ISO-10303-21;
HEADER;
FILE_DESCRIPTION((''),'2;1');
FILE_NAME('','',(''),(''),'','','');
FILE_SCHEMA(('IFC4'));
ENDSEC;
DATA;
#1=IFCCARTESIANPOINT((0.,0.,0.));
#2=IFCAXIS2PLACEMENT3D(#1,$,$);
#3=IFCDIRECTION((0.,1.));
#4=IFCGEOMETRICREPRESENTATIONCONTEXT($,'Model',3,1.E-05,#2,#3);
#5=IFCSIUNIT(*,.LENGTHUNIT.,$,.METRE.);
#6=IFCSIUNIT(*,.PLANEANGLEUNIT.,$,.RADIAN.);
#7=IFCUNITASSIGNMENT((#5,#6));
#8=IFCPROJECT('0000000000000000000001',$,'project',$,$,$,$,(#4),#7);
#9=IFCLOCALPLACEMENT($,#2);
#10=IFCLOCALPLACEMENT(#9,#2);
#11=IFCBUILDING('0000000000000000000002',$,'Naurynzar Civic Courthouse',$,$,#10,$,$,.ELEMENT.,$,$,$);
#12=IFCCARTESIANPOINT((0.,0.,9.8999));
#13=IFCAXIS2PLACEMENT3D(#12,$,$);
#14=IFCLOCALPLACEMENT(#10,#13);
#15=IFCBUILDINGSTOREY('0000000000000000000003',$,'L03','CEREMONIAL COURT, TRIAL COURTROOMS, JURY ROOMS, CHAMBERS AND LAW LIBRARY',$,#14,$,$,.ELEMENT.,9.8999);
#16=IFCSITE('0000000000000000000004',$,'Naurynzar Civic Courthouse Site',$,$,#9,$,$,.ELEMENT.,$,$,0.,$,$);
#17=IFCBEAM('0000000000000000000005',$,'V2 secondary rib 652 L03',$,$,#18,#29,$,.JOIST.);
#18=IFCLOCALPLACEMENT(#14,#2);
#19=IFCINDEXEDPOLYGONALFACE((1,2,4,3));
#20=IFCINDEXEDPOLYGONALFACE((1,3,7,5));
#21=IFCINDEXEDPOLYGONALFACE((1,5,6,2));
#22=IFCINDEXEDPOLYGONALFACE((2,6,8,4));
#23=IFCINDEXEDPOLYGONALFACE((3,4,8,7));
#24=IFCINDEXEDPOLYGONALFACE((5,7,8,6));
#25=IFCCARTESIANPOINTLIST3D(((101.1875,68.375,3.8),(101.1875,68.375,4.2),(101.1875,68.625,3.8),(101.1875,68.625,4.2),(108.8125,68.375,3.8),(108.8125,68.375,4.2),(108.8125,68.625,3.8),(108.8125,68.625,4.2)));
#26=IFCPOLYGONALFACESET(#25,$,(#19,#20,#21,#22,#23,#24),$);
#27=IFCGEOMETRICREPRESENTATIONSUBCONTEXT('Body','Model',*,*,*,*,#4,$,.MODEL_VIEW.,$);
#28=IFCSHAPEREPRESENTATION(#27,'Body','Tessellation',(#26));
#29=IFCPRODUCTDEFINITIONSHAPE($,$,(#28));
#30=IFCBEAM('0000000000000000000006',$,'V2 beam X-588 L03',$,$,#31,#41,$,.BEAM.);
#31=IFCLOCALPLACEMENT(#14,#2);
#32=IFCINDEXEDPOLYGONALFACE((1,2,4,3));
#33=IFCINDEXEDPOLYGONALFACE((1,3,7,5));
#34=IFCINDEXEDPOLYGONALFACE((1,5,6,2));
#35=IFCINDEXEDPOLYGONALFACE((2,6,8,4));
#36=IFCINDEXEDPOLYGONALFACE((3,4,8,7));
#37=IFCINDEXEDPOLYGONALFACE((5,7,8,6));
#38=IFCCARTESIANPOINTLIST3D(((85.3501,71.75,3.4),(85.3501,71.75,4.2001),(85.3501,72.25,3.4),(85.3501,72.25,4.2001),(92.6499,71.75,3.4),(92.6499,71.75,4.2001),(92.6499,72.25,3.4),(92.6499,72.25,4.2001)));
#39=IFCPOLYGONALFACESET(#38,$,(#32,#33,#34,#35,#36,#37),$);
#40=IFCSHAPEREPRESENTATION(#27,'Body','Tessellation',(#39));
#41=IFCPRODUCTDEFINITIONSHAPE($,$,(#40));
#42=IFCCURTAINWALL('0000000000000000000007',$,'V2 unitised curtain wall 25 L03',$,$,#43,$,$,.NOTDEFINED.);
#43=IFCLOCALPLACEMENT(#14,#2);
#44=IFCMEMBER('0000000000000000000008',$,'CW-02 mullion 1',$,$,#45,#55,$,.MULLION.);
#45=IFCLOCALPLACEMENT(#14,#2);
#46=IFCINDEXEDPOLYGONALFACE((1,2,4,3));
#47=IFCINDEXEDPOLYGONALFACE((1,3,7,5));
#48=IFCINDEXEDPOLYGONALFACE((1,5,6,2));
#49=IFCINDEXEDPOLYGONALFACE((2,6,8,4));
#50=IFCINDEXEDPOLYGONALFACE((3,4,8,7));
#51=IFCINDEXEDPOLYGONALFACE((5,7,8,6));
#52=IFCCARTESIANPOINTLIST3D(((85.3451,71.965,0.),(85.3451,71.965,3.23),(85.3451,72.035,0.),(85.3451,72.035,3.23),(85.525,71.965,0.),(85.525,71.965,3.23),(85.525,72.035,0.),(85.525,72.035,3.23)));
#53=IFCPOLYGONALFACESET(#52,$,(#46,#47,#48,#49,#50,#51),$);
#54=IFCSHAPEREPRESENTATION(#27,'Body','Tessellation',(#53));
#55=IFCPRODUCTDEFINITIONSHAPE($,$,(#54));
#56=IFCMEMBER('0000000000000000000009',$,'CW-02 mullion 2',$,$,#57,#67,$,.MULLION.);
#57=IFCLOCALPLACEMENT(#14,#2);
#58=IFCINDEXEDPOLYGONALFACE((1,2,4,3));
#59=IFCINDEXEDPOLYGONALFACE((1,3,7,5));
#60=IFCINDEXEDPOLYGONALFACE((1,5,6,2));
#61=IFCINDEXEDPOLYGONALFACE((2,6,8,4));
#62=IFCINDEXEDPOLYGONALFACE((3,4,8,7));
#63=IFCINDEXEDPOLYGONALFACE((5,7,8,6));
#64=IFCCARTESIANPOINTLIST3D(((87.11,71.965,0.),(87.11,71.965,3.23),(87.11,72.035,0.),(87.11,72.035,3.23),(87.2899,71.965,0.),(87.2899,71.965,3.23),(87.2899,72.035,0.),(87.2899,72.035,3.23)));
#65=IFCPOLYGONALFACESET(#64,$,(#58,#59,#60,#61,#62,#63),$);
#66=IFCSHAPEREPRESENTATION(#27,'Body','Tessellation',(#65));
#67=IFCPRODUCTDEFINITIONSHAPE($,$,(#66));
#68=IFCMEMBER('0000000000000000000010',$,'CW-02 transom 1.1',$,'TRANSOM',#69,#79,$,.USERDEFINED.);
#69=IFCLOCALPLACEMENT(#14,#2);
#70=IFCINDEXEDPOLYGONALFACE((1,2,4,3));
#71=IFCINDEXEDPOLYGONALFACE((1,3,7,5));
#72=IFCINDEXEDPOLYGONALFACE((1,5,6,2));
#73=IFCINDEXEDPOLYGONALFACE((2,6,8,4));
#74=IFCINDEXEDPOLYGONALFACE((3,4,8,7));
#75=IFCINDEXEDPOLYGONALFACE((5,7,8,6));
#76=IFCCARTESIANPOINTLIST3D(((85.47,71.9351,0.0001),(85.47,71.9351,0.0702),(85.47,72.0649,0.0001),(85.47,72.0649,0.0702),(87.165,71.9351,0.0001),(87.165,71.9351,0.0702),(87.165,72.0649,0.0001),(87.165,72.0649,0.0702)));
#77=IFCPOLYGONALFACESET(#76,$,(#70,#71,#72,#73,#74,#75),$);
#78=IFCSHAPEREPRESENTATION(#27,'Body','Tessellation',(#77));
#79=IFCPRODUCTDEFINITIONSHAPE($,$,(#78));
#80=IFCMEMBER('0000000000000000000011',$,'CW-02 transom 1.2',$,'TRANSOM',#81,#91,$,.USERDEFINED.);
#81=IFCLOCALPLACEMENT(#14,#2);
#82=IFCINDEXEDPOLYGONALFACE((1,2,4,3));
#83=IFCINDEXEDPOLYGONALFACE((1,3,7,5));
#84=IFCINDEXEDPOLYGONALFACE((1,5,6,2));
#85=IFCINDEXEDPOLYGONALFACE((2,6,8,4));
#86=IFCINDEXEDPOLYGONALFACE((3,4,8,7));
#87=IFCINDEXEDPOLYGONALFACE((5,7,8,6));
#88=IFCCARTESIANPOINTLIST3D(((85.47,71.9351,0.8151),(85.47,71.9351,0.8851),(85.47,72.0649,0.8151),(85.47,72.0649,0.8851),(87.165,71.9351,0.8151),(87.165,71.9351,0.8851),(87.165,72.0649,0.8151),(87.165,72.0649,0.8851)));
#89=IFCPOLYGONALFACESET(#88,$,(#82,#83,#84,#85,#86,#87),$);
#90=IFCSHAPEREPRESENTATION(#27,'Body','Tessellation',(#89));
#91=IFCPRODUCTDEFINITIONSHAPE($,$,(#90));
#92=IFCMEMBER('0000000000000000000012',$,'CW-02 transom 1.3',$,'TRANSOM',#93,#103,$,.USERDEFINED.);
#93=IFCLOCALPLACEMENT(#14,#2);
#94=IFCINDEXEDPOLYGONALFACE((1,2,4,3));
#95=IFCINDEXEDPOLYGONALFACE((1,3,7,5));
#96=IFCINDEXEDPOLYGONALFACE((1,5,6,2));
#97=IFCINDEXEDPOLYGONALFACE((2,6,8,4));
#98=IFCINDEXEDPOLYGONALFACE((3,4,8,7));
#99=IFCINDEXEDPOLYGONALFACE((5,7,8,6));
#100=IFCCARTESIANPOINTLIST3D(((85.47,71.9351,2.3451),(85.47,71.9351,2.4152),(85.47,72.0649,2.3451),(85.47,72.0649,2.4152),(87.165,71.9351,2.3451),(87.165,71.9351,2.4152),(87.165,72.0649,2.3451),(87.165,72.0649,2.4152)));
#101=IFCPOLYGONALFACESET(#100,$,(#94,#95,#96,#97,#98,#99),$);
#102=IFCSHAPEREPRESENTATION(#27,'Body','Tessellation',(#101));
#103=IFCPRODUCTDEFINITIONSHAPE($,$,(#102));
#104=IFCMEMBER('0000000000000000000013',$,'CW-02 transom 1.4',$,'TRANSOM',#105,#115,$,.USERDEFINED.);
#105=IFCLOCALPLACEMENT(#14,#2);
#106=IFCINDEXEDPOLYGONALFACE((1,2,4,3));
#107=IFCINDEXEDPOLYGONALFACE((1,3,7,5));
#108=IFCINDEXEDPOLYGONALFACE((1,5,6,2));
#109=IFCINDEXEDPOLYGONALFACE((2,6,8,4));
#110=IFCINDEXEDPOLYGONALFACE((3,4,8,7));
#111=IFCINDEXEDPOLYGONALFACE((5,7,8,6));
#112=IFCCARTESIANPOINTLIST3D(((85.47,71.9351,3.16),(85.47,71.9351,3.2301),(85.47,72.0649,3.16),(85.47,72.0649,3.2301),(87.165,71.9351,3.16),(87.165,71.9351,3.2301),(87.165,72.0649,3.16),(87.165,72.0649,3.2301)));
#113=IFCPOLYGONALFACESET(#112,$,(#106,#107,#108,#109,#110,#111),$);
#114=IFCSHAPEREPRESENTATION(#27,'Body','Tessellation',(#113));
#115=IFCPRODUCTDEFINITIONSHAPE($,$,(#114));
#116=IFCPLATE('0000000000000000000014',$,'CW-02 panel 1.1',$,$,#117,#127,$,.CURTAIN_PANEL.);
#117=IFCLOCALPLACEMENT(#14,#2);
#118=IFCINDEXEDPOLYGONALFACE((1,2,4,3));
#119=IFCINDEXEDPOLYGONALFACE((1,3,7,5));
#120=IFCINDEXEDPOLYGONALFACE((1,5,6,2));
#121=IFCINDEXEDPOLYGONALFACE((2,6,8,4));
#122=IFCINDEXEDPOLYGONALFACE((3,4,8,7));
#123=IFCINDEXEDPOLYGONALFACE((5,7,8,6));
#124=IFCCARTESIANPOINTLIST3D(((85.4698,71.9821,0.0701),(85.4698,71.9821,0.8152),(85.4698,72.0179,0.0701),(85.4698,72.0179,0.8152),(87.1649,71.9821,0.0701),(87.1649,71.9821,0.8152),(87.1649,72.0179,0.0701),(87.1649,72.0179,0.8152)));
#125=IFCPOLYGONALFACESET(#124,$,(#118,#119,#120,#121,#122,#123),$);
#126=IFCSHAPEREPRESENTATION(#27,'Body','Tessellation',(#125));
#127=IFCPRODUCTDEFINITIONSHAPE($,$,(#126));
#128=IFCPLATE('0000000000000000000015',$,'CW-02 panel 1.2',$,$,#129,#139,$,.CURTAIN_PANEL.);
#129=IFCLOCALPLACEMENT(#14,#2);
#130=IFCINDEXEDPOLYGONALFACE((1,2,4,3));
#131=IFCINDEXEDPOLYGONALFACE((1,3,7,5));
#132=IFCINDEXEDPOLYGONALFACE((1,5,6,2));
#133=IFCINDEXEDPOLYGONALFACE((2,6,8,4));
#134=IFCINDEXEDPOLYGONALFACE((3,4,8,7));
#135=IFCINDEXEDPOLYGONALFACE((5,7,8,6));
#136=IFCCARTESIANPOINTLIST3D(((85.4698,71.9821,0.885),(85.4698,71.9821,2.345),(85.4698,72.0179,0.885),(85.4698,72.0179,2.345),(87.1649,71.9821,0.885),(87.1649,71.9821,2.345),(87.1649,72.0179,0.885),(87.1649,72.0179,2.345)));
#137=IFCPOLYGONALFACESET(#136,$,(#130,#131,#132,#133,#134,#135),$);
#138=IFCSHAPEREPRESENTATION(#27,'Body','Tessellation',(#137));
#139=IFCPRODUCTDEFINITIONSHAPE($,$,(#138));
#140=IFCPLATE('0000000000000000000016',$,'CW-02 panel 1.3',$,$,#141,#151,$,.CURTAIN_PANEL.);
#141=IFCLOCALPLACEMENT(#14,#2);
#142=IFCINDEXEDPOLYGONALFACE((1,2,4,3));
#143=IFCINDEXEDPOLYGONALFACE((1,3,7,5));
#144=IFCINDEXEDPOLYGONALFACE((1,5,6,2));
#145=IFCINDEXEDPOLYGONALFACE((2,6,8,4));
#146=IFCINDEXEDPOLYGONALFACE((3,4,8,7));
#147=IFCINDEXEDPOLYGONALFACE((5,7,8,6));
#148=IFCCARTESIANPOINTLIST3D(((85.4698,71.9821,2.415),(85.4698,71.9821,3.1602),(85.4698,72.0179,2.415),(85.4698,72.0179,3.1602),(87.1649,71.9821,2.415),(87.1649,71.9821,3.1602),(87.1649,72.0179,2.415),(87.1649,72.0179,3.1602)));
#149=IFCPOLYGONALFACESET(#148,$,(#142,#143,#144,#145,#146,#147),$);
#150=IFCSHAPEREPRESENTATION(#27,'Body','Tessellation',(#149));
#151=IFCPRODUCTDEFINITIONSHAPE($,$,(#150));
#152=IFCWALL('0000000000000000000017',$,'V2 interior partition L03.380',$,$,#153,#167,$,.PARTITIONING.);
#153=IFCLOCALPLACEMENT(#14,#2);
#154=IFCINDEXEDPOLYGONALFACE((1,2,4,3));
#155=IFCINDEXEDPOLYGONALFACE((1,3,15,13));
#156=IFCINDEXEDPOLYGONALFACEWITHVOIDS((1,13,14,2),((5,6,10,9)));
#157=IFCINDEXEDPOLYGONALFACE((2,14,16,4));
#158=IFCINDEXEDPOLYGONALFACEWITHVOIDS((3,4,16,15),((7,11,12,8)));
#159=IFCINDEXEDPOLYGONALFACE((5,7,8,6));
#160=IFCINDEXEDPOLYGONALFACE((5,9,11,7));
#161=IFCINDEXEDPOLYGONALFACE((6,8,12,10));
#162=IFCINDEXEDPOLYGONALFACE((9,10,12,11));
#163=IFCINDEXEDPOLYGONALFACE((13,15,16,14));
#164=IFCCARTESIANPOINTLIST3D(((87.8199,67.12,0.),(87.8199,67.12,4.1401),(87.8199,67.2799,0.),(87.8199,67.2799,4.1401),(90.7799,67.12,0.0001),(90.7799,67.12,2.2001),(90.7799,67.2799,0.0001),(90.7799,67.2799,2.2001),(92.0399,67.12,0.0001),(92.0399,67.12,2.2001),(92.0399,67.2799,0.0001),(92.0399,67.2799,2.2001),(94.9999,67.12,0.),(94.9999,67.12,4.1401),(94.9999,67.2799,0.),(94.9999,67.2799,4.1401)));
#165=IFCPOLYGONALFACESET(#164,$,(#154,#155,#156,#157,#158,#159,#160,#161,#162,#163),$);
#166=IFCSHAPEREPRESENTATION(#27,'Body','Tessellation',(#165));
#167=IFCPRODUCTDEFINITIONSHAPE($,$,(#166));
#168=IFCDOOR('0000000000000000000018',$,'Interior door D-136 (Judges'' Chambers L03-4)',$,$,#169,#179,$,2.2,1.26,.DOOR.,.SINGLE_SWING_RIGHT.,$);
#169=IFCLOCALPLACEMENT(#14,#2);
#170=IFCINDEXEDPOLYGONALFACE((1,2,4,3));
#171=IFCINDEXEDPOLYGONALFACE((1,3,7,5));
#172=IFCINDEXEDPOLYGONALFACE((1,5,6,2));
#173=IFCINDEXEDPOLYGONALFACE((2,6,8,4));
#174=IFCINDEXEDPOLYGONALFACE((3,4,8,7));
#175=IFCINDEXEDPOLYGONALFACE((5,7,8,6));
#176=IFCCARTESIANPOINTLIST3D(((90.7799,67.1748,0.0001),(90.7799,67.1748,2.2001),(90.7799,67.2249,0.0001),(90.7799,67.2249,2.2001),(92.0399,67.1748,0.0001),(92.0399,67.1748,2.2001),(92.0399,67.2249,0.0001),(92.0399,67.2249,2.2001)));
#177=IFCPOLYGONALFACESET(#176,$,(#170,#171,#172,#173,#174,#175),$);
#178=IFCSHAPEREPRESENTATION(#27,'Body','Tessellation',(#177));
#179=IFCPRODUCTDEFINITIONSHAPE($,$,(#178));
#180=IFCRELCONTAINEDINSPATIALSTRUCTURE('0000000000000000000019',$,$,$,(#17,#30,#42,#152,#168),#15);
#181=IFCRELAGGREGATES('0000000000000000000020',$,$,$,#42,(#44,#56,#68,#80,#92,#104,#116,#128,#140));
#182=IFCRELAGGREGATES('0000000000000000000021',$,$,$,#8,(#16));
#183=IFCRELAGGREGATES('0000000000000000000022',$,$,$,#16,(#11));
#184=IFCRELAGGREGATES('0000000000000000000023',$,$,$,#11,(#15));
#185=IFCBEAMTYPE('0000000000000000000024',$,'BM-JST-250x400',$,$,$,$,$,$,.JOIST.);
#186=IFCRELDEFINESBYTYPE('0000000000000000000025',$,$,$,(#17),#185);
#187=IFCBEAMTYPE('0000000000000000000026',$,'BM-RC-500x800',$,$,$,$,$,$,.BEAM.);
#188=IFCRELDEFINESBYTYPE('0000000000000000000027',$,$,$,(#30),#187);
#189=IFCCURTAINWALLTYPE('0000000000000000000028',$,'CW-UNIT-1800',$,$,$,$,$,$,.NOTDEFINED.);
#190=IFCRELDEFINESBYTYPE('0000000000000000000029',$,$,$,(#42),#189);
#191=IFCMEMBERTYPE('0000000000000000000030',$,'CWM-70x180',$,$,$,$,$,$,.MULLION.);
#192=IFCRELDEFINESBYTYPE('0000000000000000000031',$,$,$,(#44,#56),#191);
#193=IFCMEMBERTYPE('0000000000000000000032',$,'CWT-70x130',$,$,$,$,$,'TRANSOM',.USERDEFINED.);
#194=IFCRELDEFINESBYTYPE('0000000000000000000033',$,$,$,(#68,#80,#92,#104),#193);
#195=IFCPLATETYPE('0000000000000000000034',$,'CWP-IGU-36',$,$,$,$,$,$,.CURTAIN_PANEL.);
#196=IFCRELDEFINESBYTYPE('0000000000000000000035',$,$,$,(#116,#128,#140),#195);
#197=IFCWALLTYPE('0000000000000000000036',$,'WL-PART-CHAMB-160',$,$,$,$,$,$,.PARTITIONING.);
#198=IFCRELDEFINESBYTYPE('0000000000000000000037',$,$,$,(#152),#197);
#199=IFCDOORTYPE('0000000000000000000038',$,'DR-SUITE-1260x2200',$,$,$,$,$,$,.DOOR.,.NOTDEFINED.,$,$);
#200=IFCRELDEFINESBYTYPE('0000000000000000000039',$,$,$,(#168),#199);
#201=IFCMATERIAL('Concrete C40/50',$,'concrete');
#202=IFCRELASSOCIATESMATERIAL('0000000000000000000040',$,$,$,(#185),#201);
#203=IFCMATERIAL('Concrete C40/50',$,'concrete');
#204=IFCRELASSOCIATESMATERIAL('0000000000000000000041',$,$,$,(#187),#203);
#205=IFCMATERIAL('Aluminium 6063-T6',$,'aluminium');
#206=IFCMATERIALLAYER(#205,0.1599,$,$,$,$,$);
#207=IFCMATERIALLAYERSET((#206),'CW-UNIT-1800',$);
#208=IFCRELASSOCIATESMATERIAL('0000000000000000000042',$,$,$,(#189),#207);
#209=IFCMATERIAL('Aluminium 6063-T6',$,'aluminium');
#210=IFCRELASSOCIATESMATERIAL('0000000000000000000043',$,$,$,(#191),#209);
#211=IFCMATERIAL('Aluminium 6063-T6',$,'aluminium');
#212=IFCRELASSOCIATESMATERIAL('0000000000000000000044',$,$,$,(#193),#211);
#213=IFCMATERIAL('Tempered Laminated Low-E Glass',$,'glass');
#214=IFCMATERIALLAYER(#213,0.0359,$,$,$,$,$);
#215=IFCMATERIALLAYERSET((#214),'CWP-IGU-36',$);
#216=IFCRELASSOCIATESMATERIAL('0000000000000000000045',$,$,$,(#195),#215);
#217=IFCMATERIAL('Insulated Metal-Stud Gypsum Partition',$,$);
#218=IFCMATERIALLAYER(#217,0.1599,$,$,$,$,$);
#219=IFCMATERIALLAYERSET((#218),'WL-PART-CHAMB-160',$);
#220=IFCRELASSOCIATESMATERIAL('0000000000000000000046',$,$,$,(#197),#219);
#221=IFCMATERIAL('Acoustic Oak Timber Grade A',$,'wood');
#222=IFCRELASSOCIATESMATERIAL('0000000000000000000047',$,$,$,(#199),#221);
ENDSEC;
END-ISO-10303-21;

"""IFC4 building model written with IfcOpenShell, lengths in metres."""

from ifc_helpers import new_model, si_unit, direction, frame, frame_2d, origin, origin_2d, place, context, subcontext, project, spatial, rectangle, extrude, material, layer, layer_set, material_profile, profile_set, type_object, element, fill, aggregate, save


model = new_model("IFC4")

# Units and contexts
model_context = context("Model", 3, precision=1e-05, world=origin(), true_north=direction((0.0, 1.0)))
body_context = subcontext(model_context, "Body", "Model", "MODEL_VIEW")
ifc_project = project(units=[si_unit("LENGTHUNIT", "METRE"), si_unit("PLANEANGLEUNIT", "RADIAN")], contexts=[model_context])

# Site, building, storey
site_placement = place(None, origin())
site = spatial("IfcSite", under=ifc_project, at=site_placement, Name="Naurynzar Civic Courthouse Site", CompositionType="ELEMENT", RefElevation=0.0)
building_placement = place(site_placement, origin())
building = spatial("IfcBuilding", under=site, at=building_placement, Name="Naurynzar Civic Courthouse", CompositionType="ELEMENT")
storey_placement = place(building_placement, frame((0.0, 0.0, 9.8999)))
storey = spatial("IfcBuildingStorey", under=building, at=storey_placement, Name="L03", Description="CEREMONIAL COURT, TRIAL COURTROOMS, JURY ROOMS, CHAMBERS AND LAW LIBRARY", CompositionType="ELEMENT", Elevation=9.8999)

# Beams
ifc_material_1 = material(Name="Concrete C40/50", Category="concrete")
ifc_material_profile_1 = material_profile(ifc_material_1, rectangle(XDim=0.25, YDim=0.3999, at=origin_2d()), Name="RCB 250x400")
ifc_profile_set_1 = profile_set([ifc_material_profile_1], Name="Concrete C40/50")
beam_type_1 = type_object("IfcBeamType", Name="BM-JST-250x400", PredefinedType="JOIST", material=ifc_profile_set_1)
beam_1_placement = place(storey_placement, frame((101.1875, 68.5, 4.0), z_axis=(1.0, 0.0, 0.0), x_axis=(0.0, 1.0, 0.0)))
element("IfcBeam", 1, at=beam_1_placement, inside=storey, type_object=beam_type_1, Name="V2 secondary rib 652 L03", PredefinedType="JOIST", context=body_context, shape_type="SweptSolid", body=[
    extrude(rectangle(XDim=0.25, YDim=0.3999, at=origin_2d()), origin(), (0.0, 0.0, 1.0), 7.625),
])
ifc_material_2 = material(Name="Concrete C40/50", Category="concrete")
ifc_material_profile_2 = material_profile(ifc_material_2, rectangle(XDim=0.5, YDim=0.8, at=origin_2d()), Name="RCB 500x800")
ifc_profile_set_2 = profile_set([ifc_material_profile_2], Name="Concrete C40/50")
beam_type_2 = type_object("IfcBeamType", Name="BM-RC-500x800", PredefinedType="BEAM", material=ifc_profile_set_2)
beam_2_placement = place(storey_placement, frame((85.3501, 72.0, 3.8), z_axis=(1.0, 0.0, 0.0), x_axis=(0.0, 1.0, 0.0)))
element("IfcBeam", 2, at=beam_2_placement, inside=storey, type_object=beam_type_2, Name="V2 beam X-588 L03", PredefinedType="BEAM", context=body_context, shape_type="SweptSolid", body=[
    extrude(rectangle(XDim=0.5, YDim=0.8, at=origin_2d()), origin(), (0.0, 0.0, 1.0), 7.2998),
])

# Curtain wall, members, plates
ifc_material_3 = material(Name="Aluminium 6063-T6", Category="aluminium")
ifc_layer_1 = layer(ifc_material_3, 0.1599)
ifc_layer_set_1 = layer_set([ifc_layer_1], Name="CW-UNIT-1800")
curtain_wall_type = type_object("IfcCurtainWallType", Name="CW-UNIT-1800", PredefinedType="NOTDEFINED", material=ifc_layer_set_1)
curtain_wall_placement = place(storey_placement, origin())
curtain_wall = element("IfcCurtainWall", 3, at=curtain_wall_placement, inside=storey, type_object=curtain_wall_type, Name="V2 unitised curtain wall 25 L03", PredefinedType="NOTDEFINED")
ifc_material_4 = material(Name="Aluminium 6063-T6", Category="aluminium")
ifc_material_profile_3 = material_profile(ifc_material_4, rectangle(XDim=0.0701, YDim=0.1799, at=origin_2d()), Name="ALU MULLION 70x180")
ifc_profile_set_3 = profile_set([ifc_material_profile_3], Name="Aluminium 6063-T6")
member_type_1 = type_object("IfcMemberType", Name="CWM-70x180", PredefinedType="MULLION", material=ifc_profile_set_3)
member_1_placement = place(storey_placement, frame((85.4351, 72.0, 0.0), z_axis=(0.0, 0.0, 1.0), x_axis=(0.0, 1.0, 0.0)))
member_1 = element("IfcMember", 4, at=member_1_placement, type_object=member_type_1, Name="CW-02 mullion 1", PredefinedType="MULLION", context=body_context, shape_type="SweptSolid", body=[
    extrude(rectangle(XDim=0.0701, YDim=0.1799, at=origin_2d()), origin(), (0.0, 0.0, 1.0), 3.23),
])
member_2_placement = place(storey_placement, frame((87.2, 72.0, 0.0), z_axis=(0.0, 0.0, 1.0), x_axis=(0.0, 1.0, 0.0)))
member_2 = element("IfcMember", 5, at=member_2_placement, type_object=member_type_1, Name="CW-02 mullion 2", PredefinedType="MULLION", context=body_context, shape_type="SweptSolid", body=[
    extrude(rectangle(XDim=0.0701, YDim=0.1799, at=origin_2d()), origin(), (0.0, 0.0, 1.0), 3.23),
])
ifc_material_5 = material(Name="Aluminium 6063-T6", Category="aluminium")
ifc_material_profile_4 = material_profile(ifc_material_5, rectangle(XDim=0.1299, YDim=0.0701, at=origin_2d()), Name="ALU TRANSOM 70x130")
ifc_profile_set_4 = profile_set([ifc_material_profile_4], Name="Aluminium 6063-T6")
member_type_2 = type_object("IfcMemberType", Name="CWT-70x130", ElementType="TRANSOM", PredefinedType="USERDEFINED", material=ifc_profile_set_4)
member_3_placement = place(storey_placement, frame((85.47, 72.0, 0.0352), z_axis=(1.0, 0.0, 0.0), x_axis=(0.0, 1.0, 0.0)))
member_3 = element("IfcMember", 6, at=member_3_placement, type_object=member_type_2, Name="CW-02 transom 1.1", ObjectType="TRANSOM", PredefinedType="USERDEFINED", context=body_context, shape_type="SweptSolid", body=[
    extrude(rectangle(XDim=0.1299, YDim=0.0701, at=origin_2d()), origin(), (0.0, 0.0, 1.0), 1.6951),
])
member_4_placement = place(storey_placement, frame((85.47, 72.0, 0.8501), z_axis=(1.0, 0.0, 0.0), x_axis=(0.0, 1.0, 0.0)))
member_4 = element("IfcMember", 7, at=member_4_placement, type_object=member_type_2, Name="CW-02 transom 1.2", ObjectType="TRANSOM", PredefinedType="USERDEFINED", context=body_context, shape_type="SweptSolid", body=[
    extrude(rectangle(XDim=0.1299, YDim=0.0701, at=origin_2d()), origin(), (0.0, 0.0, 1.0), 1.6951),
])
member_5_placement = place(storey_placement, frame((85.47, 72.0, 2.3801), z_axis=(1.0, 0.0, 0.0), x_axis=(0.0, 1.0, 0.0)))
member_5 = element("IfcMember", 8, at=member_5_placement, type_object=member_type_2, Name="CW-02 transom 1.3", ObjectType="TRANSOM", PredefinedType="USERDEFINED", context=body_context, shape_type="SweptSolid", body=[
    extrude(rectangle(XDim=0.1299, YDim=0.0701, at=origin_2d()), origin(), (0.0, 0.0, 1.0), 1.6951),
])
member_6_placement = place(storey_placement, frame((85.47, 72.0, 3.1951), z_axis=(1.0, 0.0, 0.0), x_axis=(0.0, 1.0, 0.0)))
member_6 = element("IfcMember", 9, at=member_6_placement, type_object=member_type_2, Name="CW-02 transom 1.4", ObjectType="TRANSOM", PredefinedType="USERDEFINED", context=body_context, shape_type="SweptSolid", body=[
    extrude(rectangle(XDim=0.1299, YDim=0.0701, at=origin_2d()), origin(), (0.0, 0.0, 1.0), 1.6951),
])
ifc_material_6 = material(Name="Tempered Laminated Low-E Glass", Category="glass")
ifc_layer_2 = layer(ifc_material_6, 0.0359)
ifc_layer_set_2 = layer_set([ifc_layer_2], Name="CWP-IGU-36")
plate_type = type_object("IfcPlateType", Name="CWP-IGU-36", PredefinedType="CURTAIN_PANEL", material=ifc_layer_set_2)
plate_1_placement = place(storey_placement, frame((86.3174, 72.0, 0.0701), z_axis=(0.0, 0.0, 1.0), x_axis=(1.0, 0.0, 0.0)))
plate_1 = element("IfcPlate", 10, at=plate_1_placement, type_object=plate_type, Name="CW-02 panel 1.1", PredefinedType="CURTAIN_PANEL", context=body_context, shape_type="SweptSolid", body=[
    extrude(rectangle(XDim=1.6951, YDim=0.0359, at=origin_2d()), origin(), (0.0, 0.0, 1.0), 0.7451),
])
plate_2_placement = place(storey_placement, frame((86.3174, 72.0, 0.885), z_axis=(0.0, 0.0, 1.0), x_axis=(1.0, 0.0, 0.0)))
plate_2 = element("IfcPlate", 11, at=plate_2_placement, type_object=plate_type, Name="CW-02 panel 1.2", PredefinedType="CURTAIN_PANEL", context=body_context, shape_type="SweptSolid", body=[
    extrude(rectangle(XDim=1.6951, YDim=0.0359, at=origin_2d()), origin(), (0.0, 0.0, 1.0), 1.46),
])
plate_3_placement = place(storey_placement, frame((86.3174, 72.0, 2.415), z_axis=(0.0, 0.0, 1.0), x_axis=(1.0, 0.0, 0.0)))
plate_3 = element("IfcPlate", 12, at=plate_3_placement, type_object=plate_type, Name="CW-02 panel 1.3", PredefinedType="CURTAIN_PANEL", context=body_context, shape_type="SweptSolid", body=[
    extrude(rectangle(XDim=1.6951, YDim=0.0359, at=origin_2d()), origin(), (0.0, 0.0, 1.0), 0.7451),
])
aggregate(curtain_wall, [member_1, member_2, member_3, member_4, member_5, member_6, plate_1, plate_2, plate_3])

# Wall, opening, door
ifc_material_7 = material(Name="Insulated Metal-Stud Gypsum Partition")
ifc_layer_3 = layer(ifc_material_7, 0.1599)
ifc_layer_set_3 = layer_set([ifc_layer_3], Name="WL-PART-CHAMB-160")
wall_type_1 = type_object("IfcWallType", Name="WL-PART-CHAMB-160", PredefinedType="PARTITIONING", material=ifc_layer_set_3)
wall_1_placement = place(storey_placement, frame((87.8201, 67.2, 0.0), z_axis=(0.0, 0.0, 1.0), x_axis=(1.0, 0.0, 0.0)))
wall_1 = element("IfcWall", 13, at=wall_1_placement, inside=storey, type_object=wall_type_1, Name="V2 interior partition L03.380", PredefinedType="PARTITIONING", context=body_context, shape_type="SweptSolid", body=[
    extrude(rectangle(XDim=7.1799, YDim=0.1599, at=frame_2d((3.5898, 0.0))), origin(), (0.0, 0.0, 1.0), 4.1401),
])
opening_1_placement = place(wall_1_placement, frame((2.96, 0.0, 0.0)))
opening_1 = element("IfcOpeningElement", 14, at=opening_1_placement, cuts=wall_1, PredefinedType="OPENING", context=body_context, shape_type="SweptSolid", body=[
    extrude(rectangle(XDim=1.26, YDim=2.2, at=frame_2d((0.6299, 1.1001))), frame((0.0, 0.0898, 0.0), z_axis=(0.0, -1.0, 0.0), x_axis=(1.0, 0.0, 0.0)), (0.0, 0.0, 1.0), 0.1799),
])
ifc_material_8 = material(Name="Acoustic Oak Timber Grade A", Category="wood")
door_type_1 = type_object("IfcDoorType", Name="DR-SUITE-1260x2200", OperationType="NOTDEFINED", PredefinedType="DOOR", material=ifc_material_8)
door_1_placement = place(opening_1_placement, origin())
door_1 = element("IfcDoor", 15, at=door_1_placement, inside=storey, type_object=door_type_1, Name="Interior door D-136 (Judges' Chambers L03-4)", OperationType="SINGLE_SWING_RIGHT", OverallHeight=2.2, OverallWidth=1.26, PredefinedType="DOOR", context=body_context, shape_type="SweptSolid", body=[
    extrude(rectangle(XDim=1.26, YDim=2.2, at=frame_2d((0.6299, 1.1001))), frame((0.0, 0.0249, 0.0), z_axis=(0.0, -1.0, 0.0), x_axis=(1.0, 0.0, 0.0)), (0.0, 0.0, 1.0), 0.05),
])
fill(opening_1, door_1)

save(model, "model.ifc")
